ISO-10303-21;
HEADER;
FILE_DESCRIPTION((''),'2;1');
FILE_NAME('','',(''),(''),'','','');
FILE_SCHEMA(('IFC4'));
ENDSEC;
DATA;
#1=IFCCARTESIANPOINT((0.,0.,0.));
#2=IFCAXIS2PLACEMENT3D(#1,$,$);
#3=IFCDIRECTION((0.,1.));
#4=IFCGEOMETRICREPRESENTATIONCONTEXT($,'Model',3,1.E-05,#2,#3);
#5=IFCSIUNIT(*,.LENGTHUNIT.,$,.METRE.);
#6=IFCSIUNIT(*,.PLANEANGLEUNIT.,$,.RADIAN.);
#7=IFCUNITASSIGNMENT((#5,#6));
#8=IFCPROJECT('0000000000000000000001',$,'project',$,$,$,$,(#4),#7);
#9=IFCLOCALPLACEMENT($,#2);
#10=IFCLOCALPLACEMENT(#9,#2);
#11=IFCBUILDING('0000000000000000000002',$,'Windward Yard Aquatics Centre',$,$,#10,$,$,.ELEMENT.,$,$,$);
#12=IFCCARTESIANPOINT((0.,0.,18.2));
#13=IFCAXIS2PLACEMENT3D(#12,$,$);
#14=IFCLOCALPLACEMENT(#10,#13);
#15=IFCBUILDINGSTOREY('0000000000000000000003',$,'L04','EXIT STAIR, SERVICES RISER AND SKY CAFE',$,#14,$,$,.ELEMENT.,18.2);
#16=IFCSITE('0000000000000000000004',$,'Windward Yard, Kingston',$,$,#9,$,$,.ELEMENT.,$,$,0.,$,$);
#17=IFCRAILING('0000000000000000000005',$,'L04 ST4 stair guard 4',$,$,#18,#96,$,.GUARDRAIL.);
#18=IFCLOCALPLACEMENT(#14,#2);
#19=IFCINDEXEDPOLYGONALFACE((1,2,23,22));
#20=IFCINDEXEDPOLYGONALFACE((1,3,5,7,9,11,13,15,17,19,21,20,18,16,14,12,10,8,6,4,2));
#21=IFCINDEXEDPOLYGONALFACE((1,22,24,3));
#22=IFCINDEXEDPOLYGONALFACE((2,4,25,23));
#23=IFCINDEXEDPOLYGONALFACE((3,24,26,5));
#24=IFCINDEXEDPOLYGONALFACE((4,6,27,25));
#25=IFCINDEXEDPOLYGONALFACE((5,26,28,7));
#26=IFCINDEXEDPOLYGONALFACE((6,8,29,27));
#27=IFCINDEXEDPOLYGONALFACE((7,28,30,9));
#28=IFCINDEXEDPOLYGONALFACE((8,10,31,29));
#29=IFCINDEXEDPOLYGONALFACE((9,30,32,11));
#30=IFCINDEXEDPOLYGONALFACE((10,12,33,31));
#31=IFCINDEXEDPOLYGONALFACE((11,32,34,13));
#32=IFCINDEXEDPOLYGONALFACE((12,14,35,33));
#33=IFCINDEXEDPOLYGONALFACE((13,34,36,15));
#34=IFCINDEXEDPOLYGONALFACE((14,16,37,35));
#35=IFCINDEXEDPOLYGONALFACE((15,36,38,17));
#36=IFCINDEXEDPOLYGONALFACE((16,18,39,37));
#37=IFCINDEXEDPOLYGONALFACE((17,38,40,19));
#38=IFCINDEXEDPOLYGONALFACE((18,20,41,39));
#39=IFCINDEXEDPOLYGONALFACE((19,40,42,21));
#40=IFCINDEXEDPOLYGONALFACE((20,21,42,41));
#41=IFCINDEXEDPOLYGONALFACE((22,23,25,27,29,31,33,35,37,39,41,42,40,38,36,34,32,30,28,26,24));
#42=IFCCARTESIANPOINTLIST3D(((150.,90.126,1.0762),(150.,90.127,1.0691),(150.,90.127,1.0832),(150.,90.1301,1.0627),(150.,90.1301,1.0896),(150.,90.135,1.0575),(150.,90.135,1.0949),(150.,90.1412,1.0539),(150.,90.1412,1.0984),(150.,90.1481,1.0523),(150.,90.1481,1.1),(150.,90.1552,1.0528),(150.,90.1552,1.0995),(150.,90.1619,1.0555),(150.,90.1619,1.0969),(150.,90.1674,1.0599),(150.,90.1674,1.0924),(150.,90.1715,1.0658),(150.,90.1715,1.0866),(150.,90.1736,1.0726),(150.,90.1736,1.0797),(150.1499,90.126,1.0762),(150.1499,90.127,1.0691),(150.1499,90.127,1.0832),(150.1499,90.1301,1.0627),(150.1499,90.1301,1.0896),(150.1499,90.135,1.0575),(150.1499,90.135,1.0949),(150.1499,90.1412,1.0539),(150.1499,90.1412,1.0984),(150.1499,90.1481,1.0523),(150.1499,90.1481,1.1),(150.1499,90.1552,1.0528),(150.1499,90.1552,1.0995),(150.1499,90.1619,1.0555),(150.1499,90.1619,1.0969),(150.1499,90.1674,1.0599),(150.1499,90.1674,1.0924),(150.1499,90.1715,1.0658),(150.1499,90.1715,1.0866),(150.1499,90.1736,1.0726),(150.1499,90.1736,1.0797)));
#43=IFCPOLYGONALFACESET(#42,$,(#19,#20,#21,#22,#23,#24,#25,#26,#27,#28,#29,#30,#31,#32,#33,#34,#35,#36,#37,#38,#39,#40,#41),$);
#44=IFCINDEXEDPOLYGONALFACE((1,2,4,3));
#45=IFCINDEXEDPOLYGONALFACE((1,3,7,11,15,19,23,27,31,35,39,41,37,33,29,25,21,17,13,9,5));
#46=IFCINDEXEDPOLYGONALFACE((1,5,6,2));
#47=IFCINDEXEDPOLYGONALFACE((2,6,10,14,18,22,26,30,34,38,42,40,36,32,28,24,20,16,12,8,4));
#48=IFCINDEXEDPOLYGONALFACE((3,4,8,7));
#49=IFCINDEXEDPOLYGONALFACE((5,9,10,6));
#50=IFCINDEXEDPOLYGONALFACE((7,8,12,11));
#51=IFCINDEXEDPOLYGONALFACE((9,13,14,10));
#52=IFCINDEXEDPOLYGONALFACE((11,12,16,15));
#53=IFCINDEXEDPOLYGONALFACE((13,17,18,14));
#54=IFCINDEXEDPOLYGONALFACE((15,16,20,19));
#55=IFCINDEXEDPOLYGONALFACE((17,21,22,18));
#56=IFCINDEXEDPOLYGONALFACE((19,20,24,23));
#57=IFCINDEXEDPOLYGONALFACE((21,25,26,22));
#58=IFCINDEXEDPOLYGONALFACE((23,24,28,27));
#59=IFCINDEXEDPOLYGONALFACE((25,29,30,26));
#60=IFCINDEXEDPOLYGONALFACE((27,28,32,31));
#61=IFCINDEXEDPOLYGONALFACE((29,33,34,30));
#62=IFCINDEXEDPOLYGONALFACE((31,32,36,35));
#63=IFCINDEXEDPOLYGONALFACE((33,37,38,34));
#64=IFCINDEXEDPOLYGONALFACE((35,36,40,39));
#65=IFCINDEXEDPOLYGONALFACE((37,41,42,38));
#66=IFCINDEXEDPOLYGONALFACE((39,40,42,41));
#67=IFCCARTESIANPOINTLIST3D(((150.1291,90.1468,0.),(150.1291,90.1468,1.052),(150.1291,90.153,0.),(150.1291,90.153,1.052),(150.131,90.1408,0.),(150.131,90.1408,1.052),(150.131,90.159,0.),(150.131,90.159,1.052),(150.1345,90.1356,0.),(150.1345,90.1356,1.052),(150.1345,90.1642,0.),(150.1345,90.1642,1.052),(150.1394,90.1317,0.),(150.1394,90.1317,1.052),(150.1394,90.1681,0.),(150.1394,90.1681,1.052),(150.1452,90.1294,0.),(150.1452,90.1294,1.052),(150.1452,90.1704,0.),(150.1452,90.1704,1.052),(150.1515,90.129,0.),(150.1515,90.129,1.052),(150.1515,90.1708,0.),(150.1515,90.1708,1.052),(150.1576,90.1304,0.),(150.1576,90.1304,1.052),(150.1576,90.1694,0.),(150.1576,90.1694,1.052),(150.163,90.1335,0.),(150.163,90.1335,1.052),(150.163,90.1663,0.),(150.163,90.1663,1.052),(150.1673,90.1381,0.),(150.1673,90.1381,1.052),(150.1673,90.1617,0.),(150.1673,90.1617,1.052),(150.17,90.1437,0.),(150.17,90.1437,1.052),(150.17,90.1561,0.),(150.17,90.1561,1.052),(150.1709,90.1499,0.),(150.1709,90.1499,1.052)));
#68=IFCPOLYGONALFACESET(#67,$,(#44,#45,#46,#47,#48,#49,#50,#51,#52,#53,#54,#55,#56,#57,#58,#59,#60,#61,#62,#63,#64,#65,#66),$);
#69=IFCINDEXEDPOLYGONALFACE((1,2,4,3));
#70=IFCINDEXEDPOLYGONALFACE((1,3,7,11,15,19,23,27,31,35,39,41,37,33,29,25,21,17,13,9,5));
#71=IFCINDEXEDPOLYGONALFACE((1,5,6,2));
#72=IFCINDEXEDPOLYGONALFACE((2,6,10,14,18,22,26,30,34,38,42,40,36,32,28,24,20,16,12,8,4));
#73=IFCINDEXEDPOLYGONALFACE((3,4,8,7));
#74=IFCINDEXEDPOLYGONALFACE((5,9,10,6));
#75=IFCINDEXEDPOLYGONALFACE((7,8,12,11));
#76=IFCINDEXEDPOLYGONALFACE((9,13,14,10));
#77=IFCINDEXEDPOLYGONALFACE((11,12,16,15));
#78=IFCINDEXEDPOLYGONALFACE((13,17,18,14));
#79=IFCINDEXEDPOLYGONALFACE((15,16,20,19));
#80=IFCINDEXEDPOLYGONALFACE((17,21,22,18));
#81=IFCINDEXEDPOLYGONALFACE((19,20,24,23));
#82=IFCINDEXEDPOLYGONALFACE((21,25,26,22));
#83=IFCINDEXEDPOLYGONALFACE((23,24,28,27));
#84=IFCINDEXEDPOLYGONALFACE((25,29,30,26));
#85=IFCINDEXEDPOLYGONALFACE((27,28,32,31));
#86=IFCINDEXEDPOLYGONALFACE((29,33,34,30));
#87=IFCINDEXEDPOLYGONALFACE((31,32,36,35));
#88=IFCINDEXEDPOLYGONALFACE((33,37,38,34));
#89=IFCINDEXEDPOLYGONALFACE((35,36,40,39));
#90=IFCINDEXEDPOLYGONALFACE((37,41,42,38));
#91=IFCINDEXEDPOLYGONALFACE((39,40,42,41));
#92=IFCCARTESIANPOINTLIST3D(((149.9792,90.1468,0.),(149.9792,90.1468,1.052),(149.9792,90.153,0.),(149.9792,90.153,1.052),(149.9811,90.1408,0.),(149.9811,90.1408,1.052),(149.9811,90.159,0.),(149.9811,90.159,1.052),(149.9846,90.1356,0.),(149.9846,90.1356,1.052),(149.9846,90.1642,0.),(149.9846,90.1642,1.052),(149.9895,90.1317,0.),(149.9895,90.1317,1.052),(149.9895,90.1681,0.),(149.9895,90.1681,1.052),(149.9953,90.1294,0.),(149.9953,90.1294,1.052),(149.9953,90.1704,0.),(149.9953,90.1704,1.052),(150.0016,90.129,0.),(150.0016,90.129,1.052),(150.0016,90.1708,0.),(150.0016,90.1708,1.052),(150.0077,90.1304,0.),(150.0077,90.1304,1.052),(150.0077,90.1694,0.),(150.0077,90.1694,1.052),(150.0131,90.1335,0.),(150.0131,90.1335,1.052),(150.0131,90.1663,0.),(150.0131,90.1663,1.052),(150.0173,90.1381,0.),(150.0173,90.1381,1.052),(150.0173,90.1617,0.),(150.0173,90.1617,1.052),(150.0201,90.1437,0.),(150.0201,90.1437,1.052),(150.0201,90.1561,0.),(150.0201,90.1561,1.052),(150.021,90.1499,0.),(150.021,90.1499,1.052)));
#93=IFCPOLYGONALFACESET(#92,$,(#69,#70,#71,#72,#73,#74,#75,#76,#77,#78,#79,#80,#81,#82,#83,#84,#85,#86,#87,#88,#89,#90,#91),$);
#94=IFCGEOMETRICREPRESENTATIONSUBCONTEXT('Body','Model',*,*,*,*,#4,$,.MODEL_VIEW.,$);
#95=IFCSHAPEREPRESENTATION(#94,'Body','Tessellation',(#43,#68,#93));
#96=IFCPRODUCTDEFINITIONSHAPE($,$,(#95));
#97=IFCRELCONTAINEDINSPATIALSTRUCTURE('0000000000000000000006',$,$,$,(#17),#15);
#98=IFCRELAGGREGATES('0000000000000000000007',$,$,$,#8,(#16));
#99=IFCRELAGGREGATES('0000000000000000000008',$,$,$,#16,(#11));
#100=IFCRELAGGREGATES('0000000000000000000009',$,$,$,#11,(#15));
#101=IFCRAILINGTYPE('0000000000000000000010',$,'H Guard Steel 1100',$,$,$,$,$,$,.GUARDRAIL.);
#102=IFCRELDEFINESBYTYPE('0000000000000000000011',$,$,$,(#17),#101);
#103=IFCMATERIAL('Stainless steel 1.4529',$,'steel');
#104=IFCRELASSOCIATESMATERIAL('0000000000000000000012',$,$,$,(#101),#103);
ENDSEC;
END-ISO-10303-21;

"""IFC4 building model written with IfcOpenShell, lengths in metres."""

from ifc_helpers import new_model, si_unit, direction, frame, origin, origin_2d, place, context, subcontext, project, spatial, circle, extrude, material, type_object, element, save


model = new_model("IFC4")

# Units and contexts
model_context = context("Model", 3, precision=1e-05, world=origin(), true_north=direction((0.0, 1.0)))
body_context = subcontext(model_context, "Body", "Model", "MODEL_VIEW")
ifc_project = project(units=[si_unit("LENGTHUNIT", "METRE"), si_unit("PLANEANGLEUNIT", "RADIAN")], contexts=[model_context])

# Site, building, storey
site_placement = place(None, origin())
site = spatial("IfcSite", under=ifc_project, at=site_placement, Name="Windward Yard, Kingston", CompositionType="ELEMENT", RefElevation=0.0)
building_placement = place(site_placement, origin())
building = spatial("IfcBuilding", under=site, at=building_placement, Name="Windward Yard Aquatics Centre", CompositionType="ELEMENT")
storey_placement = place(building_placement, frame((0.0, 0.0, 18.2)))
storey = spatial("IfcBuildingStorey", under=building, at=storey_placement, Name="L04", Description="EXIT STAIR, SERVICES RISER AND SKY CAFE", CompositionType="ELEMENT", Elevation=18.2)

# Railing
ifc_material_1 = material(Name="Stainless steel 1.4529", Category="steel")
railing_type_1 = type_object("IfcRailingType", Name="H Guard Steel 1100", PredefinedType="GUARDRAIL", material=ifc_material_1)
railing_1_placement = place(storey_placement, frame((150.1499, 90.1499, 0.0)))
element("IfcRailing", 1, at=railing_1_placement, inside=storey, type_object=railing_type_1, Name="L04 ST4 stair guard 4", PredefinedType="GUARDRAIL", context=body_context, shape_type="SweptSolid", body=[
    extrude(circle(Radius=0.0239, at=origin_2d()), frame((0.0, 0.0, 1.0762), z_axis=(-1.0, 0.0, 0.0), x_axis=(0.0, -1.0, 0.0)), (0.0, 0.0, 1.0), 0.1499),
    extrude(circle(Radius=0.021, at=origin_2d()), origin(), (0.0, 0.0, 1.0), 1.052),
    extrude(circle(Radius=0.021, at=origin_2d()), frame((-0.1499, 0.0, 0.0)), (0.0, 0.0, 1.0), 1.052),
])

save(model, "model.ifc")
